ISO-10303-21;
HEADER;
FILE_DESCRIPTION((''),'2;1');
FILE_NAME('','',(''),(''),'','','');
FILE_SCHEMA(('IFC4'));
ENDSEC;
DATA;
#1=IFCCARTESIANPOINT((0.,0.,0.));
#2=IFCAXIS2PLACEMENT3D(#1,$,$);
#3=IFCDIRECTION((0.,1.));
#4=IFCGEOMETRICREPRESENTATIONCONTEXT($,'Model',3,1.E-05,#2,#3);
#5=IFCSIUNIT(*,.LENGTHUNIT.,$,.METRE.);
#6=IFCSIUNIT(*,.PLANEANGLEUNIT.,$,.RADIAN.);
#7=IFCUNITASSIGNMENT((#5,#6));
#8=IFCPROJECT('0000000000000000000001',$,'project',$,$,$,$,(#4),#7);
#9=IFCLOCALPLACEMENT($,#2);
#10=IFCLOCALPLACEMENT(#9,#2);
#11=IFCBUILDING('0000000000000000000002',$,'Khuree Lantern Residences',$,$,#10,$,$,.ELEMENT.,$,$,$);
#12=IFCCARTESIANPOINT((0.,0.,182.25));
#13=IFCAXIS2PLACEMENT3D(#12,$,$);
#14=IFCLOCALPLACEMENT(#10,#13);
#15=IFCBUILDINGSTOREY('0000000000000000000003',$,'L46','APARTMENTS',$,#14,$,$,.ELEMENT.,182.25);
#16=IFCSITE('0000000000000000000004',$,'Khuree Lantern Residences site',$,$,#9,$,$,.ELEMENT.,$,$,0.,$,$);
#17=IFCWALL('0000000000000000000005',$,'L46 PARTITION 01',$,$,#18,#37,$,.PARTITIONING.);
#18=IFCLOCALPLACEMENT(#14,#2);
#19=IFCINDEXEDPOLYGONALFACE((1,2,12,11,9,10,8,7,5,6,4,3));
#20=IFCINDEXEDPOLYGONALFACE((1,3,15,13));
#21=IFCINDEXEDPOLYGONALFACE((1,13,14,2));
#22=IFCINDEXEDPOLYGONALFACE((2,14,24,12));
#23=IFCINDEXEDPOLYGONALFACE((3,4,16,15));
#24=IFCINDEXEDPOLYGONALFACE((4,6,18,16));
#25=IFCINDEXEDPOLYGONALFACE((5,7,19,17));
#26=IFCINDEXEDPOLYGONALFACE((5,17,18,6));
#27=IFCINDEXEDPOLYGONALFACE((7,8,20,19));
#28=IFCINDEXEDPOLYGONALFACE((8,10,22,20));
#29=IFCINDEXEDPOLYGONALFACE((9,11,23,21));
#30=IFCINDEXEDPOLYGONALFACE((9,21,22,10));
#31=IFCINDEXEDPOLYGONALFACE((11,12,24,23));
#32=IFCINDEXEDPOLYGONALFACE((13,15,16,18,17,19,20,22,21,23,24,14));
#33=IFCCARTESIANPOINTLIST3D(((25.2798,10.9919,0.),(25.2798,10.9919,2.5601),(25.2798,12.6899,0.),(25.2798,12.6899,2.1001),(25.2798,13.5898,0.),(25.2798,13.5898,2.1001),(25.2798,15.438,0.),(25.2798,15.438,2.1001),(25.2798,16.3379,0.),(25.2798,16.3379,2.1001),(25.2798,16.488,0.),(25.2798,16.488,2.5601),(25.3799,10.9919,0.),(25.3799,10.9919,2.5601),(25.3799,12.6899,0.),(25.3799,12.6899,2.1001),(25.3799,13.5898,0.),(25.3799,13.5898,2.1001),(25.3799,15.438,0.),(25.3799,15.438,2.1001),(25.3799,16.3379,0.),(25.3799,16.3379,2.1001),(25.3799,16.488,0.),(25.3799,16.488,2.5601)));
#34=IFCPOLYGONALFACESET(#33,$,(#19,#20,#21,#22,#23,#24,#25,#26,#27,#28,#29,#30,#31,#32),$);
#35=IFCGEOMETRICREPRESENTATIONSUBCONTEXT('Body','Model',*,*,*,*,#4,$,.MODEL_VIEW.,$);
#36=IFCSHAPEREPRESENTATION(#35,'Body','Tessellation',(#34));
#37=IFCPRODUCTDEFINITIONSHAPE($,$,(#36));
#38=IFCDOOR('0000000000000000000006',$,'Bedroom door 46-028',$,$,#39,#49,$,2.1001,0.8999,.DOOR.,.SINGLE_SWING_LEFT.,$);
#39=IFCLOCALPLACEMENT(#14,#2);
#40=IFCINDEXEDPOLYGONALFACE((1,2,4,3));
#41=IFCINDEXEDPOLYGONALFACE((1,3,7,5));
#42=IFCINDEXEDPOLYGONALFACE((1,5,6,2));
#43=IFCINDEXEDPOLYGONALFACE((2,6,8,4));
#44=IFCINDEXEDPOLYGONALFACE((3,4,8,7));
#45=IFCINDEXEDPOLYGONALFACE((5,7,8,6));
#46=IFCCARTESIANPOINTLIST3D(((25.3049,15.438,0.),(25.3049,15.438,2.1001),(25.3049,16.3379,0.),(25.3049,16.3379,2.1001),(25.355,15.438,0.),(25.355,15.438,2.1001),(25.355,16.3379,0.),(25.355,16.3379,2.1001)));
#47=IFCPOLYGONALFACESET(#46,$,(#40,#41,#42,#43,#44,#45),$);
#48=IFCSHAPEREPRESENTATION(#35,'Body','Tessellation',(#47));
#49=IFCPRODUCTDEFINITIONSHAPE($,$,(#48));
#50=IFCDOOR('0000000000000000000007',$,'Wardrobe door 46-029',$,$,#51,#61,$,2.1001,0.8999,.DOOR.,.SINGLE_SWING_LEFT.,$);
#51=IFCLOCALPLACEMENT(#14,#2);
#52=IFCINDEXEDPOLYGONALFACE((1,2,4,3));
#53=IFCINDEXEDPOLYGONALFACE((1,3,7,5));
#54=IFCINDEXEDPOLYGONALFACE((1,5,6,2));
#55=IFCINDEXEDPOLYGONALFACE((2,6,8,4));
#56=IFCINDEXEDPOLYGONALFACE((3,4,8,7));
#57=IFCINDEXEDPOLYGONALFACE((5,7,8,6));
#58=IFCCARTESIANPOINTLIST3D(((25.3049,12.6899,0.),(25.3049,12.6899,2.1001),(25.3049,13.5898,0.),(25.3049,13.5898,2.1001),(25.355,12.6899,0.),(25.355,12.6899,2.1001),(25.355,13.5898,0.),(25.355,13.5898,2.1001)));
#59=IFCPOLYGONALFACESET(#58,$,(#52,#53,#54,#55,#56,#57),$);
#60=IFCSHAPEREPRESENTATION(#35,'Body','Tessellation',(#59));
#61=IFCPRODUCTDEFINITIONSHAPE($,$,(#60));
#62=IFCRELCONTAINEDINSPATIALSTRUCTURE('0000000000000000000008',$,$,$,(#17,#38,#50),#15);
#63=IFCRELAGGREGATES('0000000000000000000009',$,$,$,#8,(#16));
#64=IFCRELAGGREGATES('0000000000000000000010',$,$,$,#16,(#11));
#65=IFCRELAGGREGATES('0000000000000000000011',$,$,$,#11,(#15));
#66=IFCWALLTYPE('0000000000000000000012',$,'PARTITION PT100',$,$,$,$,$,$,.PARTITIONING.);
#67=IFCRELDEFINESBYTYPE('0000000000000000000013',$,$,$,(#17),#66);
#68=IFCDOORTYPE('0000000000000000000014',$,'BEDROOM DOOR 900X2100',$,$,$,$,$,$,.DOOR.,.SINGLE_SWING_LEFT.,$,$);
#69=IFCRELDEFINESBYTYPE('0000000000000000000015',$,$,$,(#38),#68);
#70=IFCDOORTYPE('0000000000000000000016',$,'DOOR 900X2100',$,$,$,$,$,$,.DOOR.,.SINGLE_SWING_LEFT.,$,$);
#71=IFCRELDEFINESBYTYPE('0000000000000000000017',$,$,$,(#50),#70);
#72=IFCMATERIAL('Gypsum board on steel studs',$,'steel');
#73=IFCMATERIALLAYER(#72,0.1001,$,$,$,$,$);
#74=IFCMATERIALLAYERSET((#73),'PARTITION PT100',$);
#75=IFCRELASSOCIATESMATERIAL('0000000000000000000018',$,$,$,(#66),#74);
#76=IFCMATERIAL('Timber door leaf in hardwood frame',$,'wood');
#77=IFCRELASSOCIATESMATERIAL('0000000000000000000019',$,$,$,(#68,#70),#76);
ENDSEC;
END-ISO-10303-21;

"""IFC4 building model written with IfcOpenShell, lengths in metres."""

from ifc_helpers import new_model, si_unit, direction, frame, frame_2d, origin, place, context, subcontext, project, spatial, rectangle, extrude, material, layer, layer_set, type_object, element, fill, save


model = new_model("IFC4")

# Units and contexts
model_context = context("Model", 3, precision=1e-05, world=origin(), true_north=direction((0.0, 1.0)))
body_context = subcontext(model_context, "Body", "Model", "MODEL_VIEW")
ifc_project = project(units=[si_unit("LENGTHUNIT", "METRE"), si_unit("PLANEANGLEUNIT", "RADIAN")], contexts=[model_context])

# Site, building, storey
site_placement = place(None, origin())
site = spatial("IfcSite", under=ifc_project, at=site_placement, Name="Khuree Lantern Residences site", CompositionType="ELEMENT", RefElevation=0.0)
building_placement = place(site_placement, origin())
building = spatial("IfcBuilding", under=site, at=building_placement, Name="Khuree Lantern Residences", CompositionType="ELEMENT")
storey_placement = place(building_placement, frame((0.0, 0.0, 182.25)))
storey = spatial("IfcBuildingStorey", under=building, at=storey_placement, Name="L46", Description="APARTMENTS", CompositionType="ELEMENT", Elevation=182.25)

# Shared definitions
ifc_material_1 = material(Name="Gypsum board on steel studs", Category="steel")
ifc_layer_1 = layer(ifc_material_1, 0.1001)
ifc_layer_set_1 = layer_set([ifc_layer_1], Name="PARTITION PT100")
wall_type = type_object("IfcWallType", Name="PARTITION PT100", PredefinedType="PARTITIONING", material=ifc_layer_set_1)

# Shared definitions
ifc_material_2 = material(Name="Timber door leaf in hardwood frame", Category="wood")
door_type_1 = type_object("IfcDoorType", Name="BEDROOM DOOR 900X2100", OperationType="SINGLE_SWING_LEFT", PredefinedType="DOOR", material=ifc_material_2)

# Wall, openings, doors
wall_1_placement = place(storey_placement, frame((25.3298, 10.9919, 0.0), z_axis=(0.0, 0.0, 1.0), x_axis=(0.0, 1.0, 0.0)))
wall_1 = element("IfcWall", 1, at=wall_1_placement, inside=storey, type_object=wall_type, Name="L46 PARTITION 01", PredefinedType="PARTITIONING", context=body_context, shape_type="SweptSolid", body=[
    extrude(rectangle(XDim=5.4961, YDim=0.1001, at=frame_2d((2.748, 0.0))), origin(), (0.0, 0.0, 1.0), 2.5601),
])
opening_1_placement = place(wall_1_placement, frame((4.446, 0.0, 0.0)))
opening_1 = element("IfcOpeningElement", 2, at=opening_1_placement, cuts=wall_1, PredefinedType="OPENING", context=body_context, shape_type="SweptSolid", body=[
    extrude(rectangle(XDim=0.8999, YDim=2.1001, at=frame_2d((0.45, 1.05))), frame((0.0, 0.0601, 0.0), z_axis=(0.0, -1.0, 0.0), x_axis=(1.0, 0.0, 0.0)), (0.0, 0.0, 1.0), 0.1201),
])
opening_2_placement = place(wall_1_placement, frame((1.698, 0.0, 0.0)))
opening_2 = element("IfcOpeningElement", 3, at=opening_2_placement, cuts=wall_1, PredefinedType="OPENING", context=body_context, shape_type="SweptSolid", body=[
    extrude(rectangle(XDim=0.8999, YDim=2.1001, at=frame_2d((0.45, 1.05))), frame((0.0, 0.0601, 0.0), z_axis=(0.0, -1.0, 0.0), x_axis=(1.0, 0.0, 0.0)), (0.0, 0.0, 1.0), 0.1201),
])
door_1_placement = place(opening_1_placement, origin())
door_1 = element("IfcDoor", 4, at=door_1_placement, inside=storey, type_object=door_type_1, Name="Bedroom door 46-028", OperationType="SINGLE_SWING_LEFT", OverallHeight=2.1001, OverallWidth=0.8999, PredefinedType="DOOR", context=body_context, shape_type="SweptSolid", body=[
    extrude(rectangle(XDim=0.8999, YDim=2.1001, at=frame_2d((0.45, 1.05))), frame((0.0, 0.0249, 0.0), z_axis=(0.0, -1.0, 0.0), x_axis=(1.0, 0.0, 0.0)), (0.0, 0.0, 1.0), 0.05),
])
fill(opening_1, door_1)
door_type_2 = type_object("IfcDoorType", Name="DOOR 900X2100", OperationType="SINGLE_SWING_LEFT", PredefinedType="DOOR", material=ifc_material_2)
door_2_placement = place(opening_2_placement, origin())
door_2 = element("IfcDoor", 5, at=door_2_placement, inside=storey, type_object=door_type_2, Name="Wardrobe door 46-029", OperationType="SINGLE_SWING_LEFT", OverallHeight=2.1001, OverallWidth=0.8999, PredefinedType="DOOR", context=body_context, shape_type="SweptSolid", body=[
    extrude(rectangle(XDim=0.8999, YDim=2.1001, at=frame_2d((0.45, 1.05))), frame((0.0, 0.0249, 0.0), z_axis=(0.0, -1.0, 0.0), x_axis=(1.0, 0.0, 0.0)), (0.0, 0.0, 1.0), 0.05),
])
fill(opening_2, door_2)

save(model, "model.ifc")
